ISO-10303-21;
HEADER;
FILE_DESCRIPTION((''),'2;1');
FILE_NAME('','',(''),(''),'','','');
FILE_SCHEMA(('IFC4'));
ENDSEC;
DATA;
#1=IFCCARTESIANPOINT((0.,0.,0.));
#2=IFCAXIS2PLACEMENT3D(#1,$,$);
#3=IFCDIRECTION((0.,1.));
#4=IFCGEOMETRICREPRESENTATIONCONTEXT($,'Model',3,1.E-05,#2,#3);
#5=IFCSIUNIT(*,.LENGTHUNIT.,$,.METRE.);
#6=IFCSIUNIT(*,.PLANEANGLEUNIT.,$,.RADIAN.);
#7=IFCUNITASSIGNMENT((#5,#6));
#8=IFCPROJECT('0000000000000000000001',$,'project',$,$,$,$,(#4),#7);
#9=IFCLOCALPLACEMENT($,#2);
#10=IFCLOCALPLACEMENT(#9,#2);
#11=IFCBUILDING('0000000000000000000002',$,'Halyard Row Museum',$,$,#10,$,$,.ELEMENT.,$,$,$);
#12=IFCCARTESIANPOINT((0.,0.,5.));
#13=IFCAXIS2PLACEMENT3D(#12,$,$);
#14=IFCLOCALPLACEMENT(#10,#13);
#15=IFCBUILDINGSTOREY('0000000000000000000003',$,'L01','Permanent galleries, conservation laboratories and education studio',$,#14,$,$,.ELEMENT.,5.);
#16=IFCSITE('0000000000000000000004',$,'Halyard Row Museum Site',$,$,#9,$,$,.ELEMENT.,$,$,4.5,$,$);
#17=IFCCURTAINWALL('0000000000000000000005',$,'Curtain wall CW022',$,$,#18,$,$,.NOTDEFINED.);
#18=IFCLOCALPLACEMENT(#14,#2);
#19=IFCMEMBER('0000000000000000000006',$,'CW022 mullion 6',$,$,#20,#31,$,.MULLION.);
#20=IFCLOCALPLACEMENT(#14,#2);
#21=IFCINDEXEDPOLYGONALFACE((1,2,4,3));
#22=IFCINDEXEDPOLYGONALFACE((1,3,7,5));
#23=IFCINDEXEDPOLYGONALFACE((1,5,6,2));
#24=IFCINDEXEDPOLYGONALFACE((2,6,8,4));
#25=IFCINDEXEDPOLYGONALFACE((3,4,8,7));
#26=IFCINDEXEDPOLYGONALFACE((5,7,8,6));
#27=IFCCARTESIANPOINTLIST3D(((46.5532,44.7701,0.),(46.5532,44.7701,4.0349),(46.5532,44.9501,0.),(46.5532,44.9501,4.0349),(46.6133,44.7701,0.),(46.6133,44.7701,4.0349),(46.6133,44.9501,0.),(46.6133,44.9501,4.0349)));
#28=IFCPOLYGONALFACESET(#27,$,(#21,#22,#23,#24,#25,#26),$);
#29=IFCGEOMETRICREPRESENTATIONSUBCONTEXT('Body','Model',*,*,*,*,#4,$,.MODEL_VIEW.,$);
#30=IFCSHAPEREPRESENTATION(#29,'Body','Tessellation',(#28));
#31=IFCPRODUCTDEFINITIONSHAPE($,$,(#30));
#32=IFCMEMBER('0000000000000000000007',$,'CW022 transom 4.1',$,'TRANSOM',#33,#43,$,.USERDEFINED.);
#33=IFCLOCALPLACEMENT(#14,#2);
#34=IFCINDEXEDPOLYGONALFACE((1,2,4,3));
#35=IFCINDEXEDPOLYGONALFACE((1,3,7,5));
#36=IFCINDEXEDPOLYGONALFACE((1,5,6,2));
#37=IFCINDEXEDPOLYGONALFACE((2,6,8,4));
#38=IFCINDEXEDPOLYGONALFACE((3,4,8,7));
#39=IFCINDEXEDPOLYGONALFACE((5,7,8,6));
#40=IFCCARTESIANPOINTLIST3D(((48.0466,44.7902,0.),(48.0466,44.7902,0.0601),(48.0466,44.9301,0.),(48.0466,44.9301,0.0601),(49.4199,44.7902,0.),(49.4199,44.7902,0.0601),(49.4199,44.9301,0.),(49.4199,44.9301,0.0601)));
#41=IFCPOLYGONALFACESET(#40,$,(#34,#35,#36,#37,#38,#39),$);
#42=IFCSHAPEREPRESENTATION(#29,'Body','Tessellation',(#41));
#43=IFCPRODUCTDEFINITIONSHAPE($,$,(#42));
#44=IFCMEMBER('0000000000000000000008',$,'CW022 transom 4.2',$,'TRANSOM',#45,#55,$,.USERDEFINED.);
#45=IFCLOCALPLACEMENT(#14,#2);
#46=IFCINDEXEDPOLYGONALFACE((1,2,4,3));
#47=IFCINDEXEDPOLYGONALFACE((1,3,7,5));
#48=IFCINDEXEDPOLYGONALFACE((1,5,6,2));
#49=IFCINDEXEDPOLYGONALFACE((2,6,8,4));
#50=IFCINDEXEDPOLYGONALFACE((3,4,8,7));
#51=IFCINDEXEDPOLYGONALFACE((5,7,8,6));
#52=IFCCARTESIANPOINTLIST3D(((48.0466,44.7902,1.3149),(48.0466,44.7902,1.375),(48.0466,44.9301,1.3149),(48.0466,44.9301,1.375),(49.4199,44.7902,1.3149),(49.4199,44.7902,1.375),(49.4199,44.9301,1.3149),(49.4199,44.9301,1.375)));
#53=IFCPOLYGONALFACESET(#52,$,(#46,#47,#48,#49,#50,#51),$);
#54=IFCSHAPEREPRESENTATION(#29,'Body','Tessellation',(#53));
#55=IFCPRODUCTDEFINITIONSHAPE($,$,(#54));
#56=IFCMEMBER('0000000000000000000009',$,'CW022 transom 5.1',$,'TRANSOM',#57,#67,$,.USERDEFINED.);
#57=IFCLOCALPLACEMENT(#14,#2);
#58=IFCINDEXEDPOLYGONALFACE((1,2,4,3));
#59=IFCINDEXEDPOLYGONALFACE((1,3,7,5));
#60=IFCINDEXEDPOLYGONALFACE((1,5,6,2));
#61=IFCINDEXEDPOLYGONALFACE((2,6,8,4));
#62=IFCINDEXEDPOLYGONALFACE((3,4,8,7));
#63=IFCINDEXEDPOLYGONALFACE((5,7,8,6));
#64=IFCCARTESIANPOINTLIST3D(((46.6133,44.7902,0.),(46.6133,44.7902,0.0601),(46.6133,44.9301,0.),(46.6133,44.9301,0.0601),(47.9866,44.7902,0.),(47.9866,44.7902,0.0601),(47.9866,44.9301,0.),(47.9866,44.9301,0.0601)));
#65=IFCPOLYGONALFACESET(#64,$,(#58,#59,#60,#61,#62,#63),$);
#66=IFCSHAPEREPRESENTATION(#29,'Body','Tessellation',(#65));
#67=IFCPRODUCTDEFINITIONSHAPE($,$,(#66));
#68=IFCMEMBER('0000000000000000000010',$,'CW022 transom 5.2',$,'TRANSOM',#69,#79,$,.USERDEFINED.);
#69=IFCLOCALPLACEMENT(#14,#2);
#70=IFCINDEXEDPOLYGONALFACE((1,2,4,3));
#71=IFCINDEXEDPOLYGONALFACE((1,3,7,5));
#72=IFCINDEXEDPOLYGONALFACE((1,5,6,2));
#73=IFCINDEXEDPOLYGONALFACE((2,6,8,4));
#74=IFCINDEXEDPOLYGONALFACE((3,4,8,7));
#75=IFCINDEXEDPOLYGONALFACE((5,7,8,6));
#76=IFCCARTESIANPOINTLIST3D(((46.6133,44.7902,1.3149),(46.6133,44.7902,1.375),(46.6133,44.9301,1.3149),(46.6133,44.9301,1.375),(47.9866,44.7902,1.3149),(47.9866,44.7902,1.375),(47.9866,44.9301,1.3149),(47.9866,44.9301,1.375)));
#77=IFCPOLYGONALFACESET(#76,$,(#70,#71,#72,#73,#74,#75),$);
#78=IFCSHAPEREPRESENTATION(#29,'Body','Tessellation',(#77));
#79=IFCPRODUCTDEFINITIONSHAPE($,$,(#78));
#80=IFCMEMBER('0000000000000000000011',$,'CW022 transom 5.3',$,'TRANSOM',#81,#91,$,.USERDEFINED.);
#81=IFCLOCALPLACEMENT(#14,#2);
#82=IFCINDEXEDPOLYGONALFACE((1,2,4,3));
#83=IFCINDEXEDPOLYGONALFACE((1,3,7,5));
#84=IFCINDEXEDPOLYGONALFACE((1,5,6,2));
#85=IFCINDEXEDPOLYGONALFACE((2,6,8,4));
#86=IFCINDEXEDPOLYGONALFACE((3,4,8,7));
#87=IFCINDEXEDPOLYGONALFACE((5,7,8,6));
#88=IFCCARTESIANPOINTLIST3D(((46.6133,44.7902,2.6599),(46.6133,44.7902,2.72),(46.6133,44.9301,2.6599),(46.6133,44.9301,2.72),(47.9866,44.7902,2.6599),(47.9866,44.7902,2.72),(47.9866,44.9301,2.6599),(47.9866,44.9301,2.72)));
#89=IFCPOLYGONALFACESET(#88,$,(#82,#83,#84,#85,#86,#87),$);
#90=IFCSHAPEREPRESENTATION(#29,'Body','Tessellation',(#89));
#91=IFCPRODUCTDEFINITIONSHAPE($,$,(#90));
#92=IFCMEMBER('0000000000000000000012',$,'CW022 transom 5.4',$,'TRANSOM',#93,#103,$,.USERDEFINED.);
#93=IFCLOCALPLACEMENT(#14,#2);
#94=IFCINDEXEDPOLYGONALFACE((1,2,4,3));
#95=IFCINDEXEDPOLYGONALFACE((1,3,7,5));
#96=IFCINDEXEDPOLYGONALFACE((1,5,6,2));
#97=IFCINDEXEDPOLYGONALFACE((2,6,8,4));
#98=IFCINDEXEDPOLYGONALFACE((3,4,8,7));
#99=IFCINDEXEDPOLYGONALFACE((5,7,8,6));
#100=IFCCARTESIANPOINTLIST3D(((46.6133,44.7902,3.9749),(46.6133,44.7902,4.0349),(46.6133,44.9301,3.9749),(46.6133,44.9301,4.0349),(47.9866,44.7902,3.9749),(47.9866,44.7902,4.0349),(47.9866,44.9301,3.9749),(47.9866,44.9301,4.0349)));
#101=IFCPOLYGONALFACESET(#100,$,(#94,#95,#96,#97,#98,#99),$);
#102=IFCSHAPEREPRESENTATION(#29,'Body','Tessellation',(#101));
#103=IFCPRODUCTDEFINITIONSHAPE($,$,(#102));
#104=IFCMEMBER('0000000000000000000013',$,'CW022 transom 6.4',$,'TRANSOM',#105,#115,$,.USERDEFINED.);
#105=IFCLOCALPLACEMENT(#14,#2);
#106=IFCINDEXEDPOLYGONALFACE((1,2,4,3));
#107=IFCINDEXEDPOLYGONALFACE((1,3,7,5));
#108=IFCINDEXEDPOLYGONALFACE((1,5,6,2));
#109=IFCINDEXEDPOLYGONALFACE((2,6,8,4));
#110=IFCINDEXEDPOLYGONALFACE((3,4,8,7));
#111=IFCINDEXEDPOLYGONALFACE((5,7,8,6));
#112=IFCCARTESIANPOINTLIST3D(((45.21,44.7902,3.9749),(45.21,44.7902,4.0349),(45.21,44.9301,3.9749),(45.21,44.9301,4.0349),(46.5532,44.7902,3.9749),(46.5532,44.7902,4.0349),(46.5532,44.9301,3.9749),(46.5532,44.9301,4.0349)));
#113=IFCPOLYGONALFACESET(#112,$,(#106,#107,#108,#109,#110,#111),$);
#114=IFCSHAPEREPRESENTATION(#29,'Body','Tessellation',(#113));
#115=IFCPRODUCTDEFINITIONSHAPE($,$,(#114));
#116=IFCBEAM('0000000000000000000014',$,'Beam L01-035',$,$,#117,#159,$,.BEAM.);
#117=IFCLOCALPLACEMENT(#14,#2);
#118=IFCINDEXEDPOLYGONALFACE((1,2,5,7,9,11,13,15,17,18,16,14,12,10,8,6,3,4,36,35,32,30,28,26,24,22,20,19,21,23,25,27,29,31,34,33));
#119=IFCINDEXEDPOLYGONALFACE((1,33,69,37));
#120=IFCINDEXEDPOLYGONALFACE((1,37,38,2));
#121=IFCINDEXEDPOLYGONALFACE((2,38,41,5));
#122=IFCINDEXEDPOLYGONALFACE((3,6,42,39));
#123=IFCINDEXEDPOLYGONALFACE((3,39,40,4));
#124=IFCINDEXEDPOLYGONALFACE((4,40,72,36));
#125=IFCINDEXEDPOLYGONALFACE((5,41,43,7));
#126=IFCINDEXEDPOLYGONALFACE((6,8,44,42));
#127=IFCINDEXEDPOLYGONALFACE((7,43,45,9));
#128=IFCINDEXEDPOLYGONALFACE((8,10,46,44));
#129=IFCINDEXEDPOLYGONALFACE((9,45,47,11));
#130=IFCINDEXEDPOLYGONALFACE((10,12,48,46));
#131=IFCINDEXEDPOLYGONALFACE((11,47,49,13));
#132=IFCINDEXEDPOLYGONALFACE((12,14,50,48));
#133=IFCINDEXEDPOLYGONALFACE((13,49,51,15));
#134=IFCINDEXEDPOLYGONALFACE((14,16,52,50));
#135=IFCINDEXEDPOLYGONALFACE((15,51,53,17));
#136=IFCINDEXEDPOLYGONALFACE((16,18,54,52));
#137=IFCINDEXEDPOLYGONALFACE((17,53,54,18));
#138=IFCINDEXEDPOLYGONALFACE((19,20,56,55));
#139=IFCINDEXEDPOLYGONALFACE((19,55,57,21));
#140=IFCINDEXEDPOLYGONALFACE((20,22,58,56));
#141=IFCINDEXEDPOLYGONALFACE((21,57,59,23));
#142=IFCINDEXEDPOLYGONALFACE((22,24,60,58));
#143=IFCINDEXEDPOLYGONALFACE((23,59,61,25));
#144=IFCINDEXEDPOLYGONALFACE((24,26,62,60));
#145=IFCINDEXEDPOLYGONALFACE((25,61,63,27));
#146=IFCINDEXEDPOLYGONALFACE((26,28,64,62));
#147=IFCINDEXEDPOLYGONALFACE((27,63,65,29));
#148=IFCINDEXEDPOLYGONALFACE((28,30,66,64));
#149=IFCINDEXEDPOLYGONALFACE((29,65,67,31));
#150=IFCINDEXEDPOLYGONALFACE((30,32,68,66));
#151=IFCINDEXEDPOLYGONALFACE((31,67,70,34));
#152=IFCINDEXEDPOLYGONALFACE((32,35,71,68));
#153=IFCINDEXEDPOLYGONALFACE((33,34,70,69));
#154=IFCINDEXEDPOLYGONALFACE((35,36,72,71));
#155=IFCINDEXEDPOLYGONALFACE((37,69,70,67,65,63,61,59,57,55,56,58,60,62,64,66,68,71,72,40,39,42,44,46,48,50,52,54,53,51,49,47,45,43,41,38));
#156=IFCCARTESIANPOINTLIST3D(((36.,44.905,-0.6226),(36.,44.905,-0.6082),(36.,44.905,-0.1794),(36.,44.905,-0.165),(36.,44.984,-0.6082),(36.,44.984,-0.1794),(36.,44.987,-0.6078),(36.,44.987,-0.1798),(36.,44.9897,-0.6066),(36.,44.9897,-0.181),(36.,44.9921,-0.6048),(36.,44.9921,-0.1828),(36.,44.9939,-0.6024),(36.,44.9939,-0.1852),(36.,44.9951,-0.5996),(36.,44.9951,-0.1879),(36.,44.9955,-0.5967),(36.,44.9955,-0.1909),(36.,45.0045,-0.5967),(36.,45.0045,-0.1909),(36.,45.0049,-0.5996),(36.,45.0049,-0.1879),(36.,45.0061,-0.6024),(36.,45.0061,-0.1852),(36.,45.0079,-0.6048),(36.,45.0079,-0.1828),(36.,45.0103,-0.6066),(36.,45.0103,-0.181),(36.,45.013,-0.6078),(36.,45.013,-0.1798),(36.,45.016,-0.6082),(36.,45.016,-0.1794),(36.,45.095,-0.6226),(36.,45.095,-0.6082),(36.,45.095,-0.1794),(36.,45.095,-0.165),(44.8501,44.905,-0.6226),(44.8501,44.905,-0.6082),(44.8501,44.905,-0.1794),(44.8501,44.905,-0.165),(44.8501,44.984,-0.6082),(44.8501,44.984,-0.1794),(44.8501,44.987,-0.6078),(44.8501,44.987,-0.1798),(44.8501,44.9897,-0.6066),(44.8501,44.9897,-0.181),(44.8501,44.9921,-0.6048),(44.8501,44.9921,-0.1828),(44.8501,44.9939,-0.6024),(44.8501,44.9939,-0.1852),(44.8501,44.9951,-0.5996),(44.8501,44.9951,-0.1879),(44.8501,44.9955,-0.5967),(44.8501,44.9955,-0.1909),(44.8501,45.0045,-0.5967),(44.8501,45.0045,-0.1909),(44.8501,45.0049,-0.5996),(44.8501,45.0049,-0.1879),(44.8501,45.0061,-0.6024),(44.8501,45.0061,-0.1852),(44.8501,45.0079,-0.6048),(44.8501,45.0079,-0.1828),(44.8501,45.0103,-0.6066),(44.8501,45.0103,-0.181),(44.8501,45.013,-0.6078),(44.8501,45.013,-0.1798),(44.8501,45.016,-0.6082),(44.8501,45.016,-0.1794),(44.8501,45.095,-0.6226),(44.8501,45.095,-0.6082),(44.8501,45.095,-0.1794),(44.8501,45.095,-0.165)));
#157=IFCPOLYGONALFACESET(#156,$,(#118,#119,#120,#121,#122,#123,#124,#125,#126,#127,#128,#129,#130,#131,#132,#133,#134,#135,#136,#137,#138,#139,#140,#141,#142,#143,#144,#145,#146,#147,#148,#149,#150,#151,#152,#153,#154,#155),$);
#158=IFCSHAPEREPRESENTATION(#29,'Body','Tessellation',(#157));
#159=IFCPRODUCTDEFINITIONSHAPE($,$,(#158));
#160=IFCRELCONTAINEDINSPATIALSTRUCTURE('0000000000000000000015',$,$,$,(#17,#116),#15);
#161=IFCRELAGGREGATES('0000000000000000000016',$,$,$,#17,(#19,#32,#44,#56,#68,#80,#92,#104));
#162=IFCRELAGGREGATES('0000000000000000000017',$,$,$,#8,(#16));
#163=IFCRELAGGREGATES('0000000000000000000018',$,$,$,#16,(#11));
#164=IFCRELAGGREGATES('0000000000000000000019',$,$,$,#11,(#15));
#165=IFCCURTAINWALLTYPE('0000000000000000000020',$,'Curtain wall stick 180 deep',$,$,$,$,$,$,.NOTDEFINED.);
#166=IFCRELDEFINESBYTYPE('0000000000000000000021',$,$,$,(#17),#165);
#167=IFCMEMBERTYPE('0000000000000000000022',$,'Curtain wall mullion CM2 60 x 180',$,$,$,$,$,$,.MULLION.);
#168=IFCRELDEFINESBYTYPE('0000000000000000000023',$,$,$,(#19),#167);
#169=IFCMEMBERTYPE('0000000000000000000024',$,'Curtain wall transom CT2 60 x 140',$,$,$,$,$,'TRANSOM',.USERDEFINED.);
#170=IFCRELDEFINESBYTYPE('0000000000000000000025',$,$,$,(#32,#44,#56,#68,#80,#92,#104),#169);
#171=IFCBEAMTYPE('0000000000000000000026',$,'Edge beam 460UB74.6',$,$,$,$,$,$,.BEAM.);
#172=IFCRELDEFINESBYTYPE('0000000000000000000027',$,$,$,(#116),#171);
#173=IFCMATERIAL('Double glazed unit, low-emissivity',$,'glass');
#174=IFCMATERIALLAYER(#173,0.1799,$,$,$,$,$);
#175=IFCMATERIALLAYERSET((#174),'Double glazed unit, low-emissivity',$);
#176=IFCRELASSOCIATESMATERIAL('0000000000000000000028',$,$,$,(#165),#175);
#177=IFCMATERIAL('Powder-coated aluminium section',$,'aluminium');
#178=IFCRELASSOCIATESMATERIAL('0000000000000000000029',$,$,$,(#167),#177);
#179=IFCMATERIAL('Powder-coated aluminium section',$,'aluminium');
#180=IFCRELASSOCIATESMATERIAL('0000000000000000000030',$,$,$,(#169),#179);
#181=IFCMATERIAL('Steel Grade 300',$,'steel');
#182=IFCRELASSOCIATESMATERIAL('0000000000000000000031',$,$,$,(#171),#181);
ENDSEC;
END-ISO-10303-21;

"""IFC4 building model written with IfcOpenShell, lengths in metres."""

from ifc_helpers import new_model, si_unit, direction, frame, origin, origin_2d, place, context, subcontext, project, spatial, rectangle, i_section, extrude, material, layer, layer_set, material_profile, profile_set, type_object, element, aggregate, save


model = new_model("IFC4")

# Units and contexts
model_context = context("Model", 3, precision=1e-05, world=origin(), true_north=direction((0.0, 1.0)))
body_context = subcontext(model_context, "Body", "Model", "MODEL_VIEW")
ifc_project = project(units=[si_unit("LENGTHUNIT", "METRE"), si_unit("PLANEANGLEUNIT", "RADIAN")], contexts=[model_context])

# Site, building, storey
site_placement = place(None, origin())
site = spatial("IfcSite", under=ifc_project, at=site_placement, Name="Halyard Row Museum Site", CompositionType="ELEMENT", RefElevation=4.5)
building_placement = place(site_placement, origin())
building = spatial("IfcBuilding", under=site, at=building_placement, Name="Halyard Row Museum", CompositionType="ELEMENT")
storey_placement = place(building_placement, frame((0.0, 0.0, 5.0)))
storey = spatial("IfcBuildingStorey", under=building, at=storey_placement, Name="L01", Description="Permanent galleries, conservation laboratories and education studio", CompositionType="ELEMENT", Elevation=5.0)

# Curtain wall, members
ifc_material_1 = material(Name="Double glazed unit, low-emissivity", Category="glass")
ifc_layer_1 = layer(ifc_material_1, 0.1799)
ifc_layer_set_1 = layer_set([ifc_layer_1], Name="Double glazed unit, low-emissivity")
curtain_wall_type = type_object("IfcCurtainWallType", Name="Curtain wall stick 180 deep", PredefinedType="NOTDEFINED", material=ifc_layer_set_1)
curtain_wall_placement = place(storey_placement, origin())
curtain_wall = element("IfcCurtainWall", 1, at=curtain_wall_placement, inside=storey, type_object=curtain_wall_type, Name="Curtain wall CW022", PredefinedType="NOTDEFINED")
ifc_material_2 = material(Name="Powder-coated aluminium section", Category="aluminium")
ifc_material_profile_1 = material_profile(ifc_material_2, rectangle(XDim=0.1799, YDim=0.0601, at=origin_2d()), Name="180x60 mullion")
ifc_profile_set_1 = profile_set([ifc_material_profile_1], Name="Powder-coated aluminium section")
member_type_1 = type_object("IfcMemberType", Name="Curtain wall mullion CM2 60 x 180", PredefinedType="MULLION", material=ifc_profile_set_1)
member_1_placement = place(storey_placement, frame((46.5833, 44.8601, 0.0), z_axis=(0.0, 0.0, 1.0), x_axis=(0.0, -1.0, 0.0)))
member_1 = element("IfcMember", 2, at=member_1_placement, type_object=member_type_1, Name="CW022 mullion 6", PredefinedType="MULLION", context=body_context, shape_type="SweptSolid", body=[
    extrude(rectangle(XDim=0.1799, YDim=0.0601, at=origin_2d()), origin(), (0.0, 0.0, 1.0), 4.0349),
])
ifc_material_3 = material(Name="Powder-coated aluminium section", Category="aluminium")
ifc_material_profile_2 = material_profile(ifc_material_3, rectangle(XDim=0.1399, YDim=0.0601, at=origin_2d()), Name="140x60 transom")
ifc_profile_set_2 = profile_set([ifc_material_profile_2], Name="Powder-coated aluminium section")
member_type_2 = type_object("IfcMemberType", Name="Curtain wall transom CT2 60 x 140", ElementType="TRANSOM", PredefinedType="USERDEFINED", material=ifc_profile_set_2)
member_2_placement = place(storey_placement, frame((49.4199, 44.8601, 0.03), z_axis=(-1.0, 0.0, 0.0), x_axis=(0.0, -1.0, 0.0)))
member_2 = element("IfcMember", 3, at=member_2_placement, type_object=member_type_2, Name="CW022 transom 4.1", ObjectType="TRANSOM", PredefinedType="USERDEFINED", context=body_context, shape_type="SweptSolid", body=[
    extrude(rectangle(XDim=0.1399, YDim=0.0601, at=origin_2d()), origin(), (0.0, 0.0, 1.0), 1.3733),
])
member_3_placement = place(storey_placement, frame((49.4199, 44.8601, 1.345), z_axis=(-1.0, 0.0, 0.0), x_axis=(0.0, -1.0, 0.0)))
member_3 = element("IfcMember", 4, at=member_3_placement, type_object=member_type_2, Name="CW022 transom 4.2", ObjectType="TRANSOM", PredefinedType="USERDEFINED", context=body_context, shape_type="SweptSolid", body=[
    extrude(rectangle(XDim=0.1399, YDim=0.0601, at=origin_2d()), origin(), (0.0, 0.0, 1.0), 1.3733),
])
member_4_placement = place(storey_placement, frame((47.9866, 44.8601, 0.03), z_axis=(-1.0, 0.0, 0.0), x_axis=(0.0, -1.0, 0.0)))
member_4 = element("IfcMember", 5, at=member_4_placement, type_object=member_type_2, Name="CW022 transom 5.1", ObjectType="TRANSOM", PredefinedType="USERDEFINED", context=body_context, shape_type="SweptSolid", body=[
    extrude(rectangle(XDim=0.1399, YDim=0.0601, at=origin_2d()), origin(), (0.0, 0.0, 1.0), 1.3733),
])
member_5_placement = place(storey_placement, frame((47.9866, 44.8601, 1.345), z_axis=(-1.0, 0.0, 0.0), x_axis=(0.0, -1.0, 0.0)))
member_5 = element("IfcMember", 6, at=member_5_placement, type_object=member_type_2, Name="CW022 transom 5.2", ObjectType="TRANSOM", PredefinedType="USERDEFINED", context=body_context, shape_type="SweptSolid", body=[
    extrude(rectangle(XDim=0.1399, YDim=0.0601, at=origin_2d()), origin(), (0.0, 0.0, 1.0), 1.3733),
])
member_6_placement = place(storey_placement, frame((47.9866, 44.8601, 2.6899), z_axis=(-1.0, 0.0, 0.0), x_axis=(0.0, -1.0, 0.0)))
member_6 = element("IfcMember", 7, at=member_6_placement, type_object=member_type_2, Name="CW022 transom 5.3", ObjectType="TRANSOM", PredefinedType="USERDEFINED", context=body_context, shape_type="SweptSolid", body=[
    extrude(rectangle(XDim=0.1399, YDim=0.0601, at=origin_2d()), origin(), (0.0, 0.0, 1.0), 1.3733),
])
member_7_placement = place(storey_placement, frame((47.9866, 44.8601, 4.0049), z_axis=(-1.0, 0.0, 0.0), x_axis=(0.0, -1.0, 0.0)))
member_7 = element("IfcMember", 8, at=member_7_placement, type_object=member_type_2, Name="CW022 transom 5.4", ObjectType="TRANSOM", PredefinedType="USERDEFINED", context=body_context, shape_type="SweptSolid", body=[
    extrude(rectangle(XDim=0.1399, YDim=0.0601, at=origin_2d()), origin(), (0.0, 0.0, 1.0), 1.3733),
])
member_8_placement = place(storey_placement, frame((46.5532, 44.8601, 4.0049), z_axis=(-1.0, 0.0, 0.0), x_axis=(0.0, -1.0, 0.0)))
member_8 = element("IfcMember", 9, at=member_8_placement, type_object=member_type_2, Name="CW022 transom 6.4", ObjectType="TRANSOM", PredefinedType="USERDEFINED", context=body_context, shape_type="SweptSolid", body=[
    extrude(rectangle(XDim=0.1399, YDim=0.0601, at=origin_2d()), origin(), (0.0, 0.0, 1.0), 1.3433),
])

# Beam
ifc_material_4 = material(Name="Steel Grade 300", Category="steel")
ifc_material_profile_3 = material_profile(ifc_material_4, i_section(OverallWidth=0.1899, OverallDepth=0.4575, WebThickness=0.009, FlangeThickness=0.0144, FilletRadius=0.0115, at=origin_2d()), Name="460UB74.6")
ifc_profile_set_3 = profile_set([ifc_material_profile_3], Name="Steel Grade 300")
beam_type = type_object("IfcBeamType", Name="Edge beam 460UB74.6", PredefinedType="BEAM", material=ifc_profile_set_3)
beam_1_placement = place(storey_placement, frame((36.0, 45.0, -0.3938), z_axis=(1.0, 0.0, 0.0), x_axis=(0.0, 1.0, 0.0)))
element("IfcBeam", 10, at=beam_1_placement, inside=storey, type_object=beam_type, Name="Beam L01-035", PredefinedType="BEAM", context=body_context, shape_type="SweptSolid", body=[
    extrude(i_section(OverallWidth=0.1899, OverallDepth=0.4575, WebThickness=0.009, FlangeThickness=0.0144, FilletRadius=0.0115, at=origin_2d()), origin(), (0.0, 0.0, 1.0), 8.8501),
])

aggregate(curtain_wall, [member_1, member_2, member_3, member_4, member_5, member_6, member_7, member_8])

save(model, "model.ifc")
